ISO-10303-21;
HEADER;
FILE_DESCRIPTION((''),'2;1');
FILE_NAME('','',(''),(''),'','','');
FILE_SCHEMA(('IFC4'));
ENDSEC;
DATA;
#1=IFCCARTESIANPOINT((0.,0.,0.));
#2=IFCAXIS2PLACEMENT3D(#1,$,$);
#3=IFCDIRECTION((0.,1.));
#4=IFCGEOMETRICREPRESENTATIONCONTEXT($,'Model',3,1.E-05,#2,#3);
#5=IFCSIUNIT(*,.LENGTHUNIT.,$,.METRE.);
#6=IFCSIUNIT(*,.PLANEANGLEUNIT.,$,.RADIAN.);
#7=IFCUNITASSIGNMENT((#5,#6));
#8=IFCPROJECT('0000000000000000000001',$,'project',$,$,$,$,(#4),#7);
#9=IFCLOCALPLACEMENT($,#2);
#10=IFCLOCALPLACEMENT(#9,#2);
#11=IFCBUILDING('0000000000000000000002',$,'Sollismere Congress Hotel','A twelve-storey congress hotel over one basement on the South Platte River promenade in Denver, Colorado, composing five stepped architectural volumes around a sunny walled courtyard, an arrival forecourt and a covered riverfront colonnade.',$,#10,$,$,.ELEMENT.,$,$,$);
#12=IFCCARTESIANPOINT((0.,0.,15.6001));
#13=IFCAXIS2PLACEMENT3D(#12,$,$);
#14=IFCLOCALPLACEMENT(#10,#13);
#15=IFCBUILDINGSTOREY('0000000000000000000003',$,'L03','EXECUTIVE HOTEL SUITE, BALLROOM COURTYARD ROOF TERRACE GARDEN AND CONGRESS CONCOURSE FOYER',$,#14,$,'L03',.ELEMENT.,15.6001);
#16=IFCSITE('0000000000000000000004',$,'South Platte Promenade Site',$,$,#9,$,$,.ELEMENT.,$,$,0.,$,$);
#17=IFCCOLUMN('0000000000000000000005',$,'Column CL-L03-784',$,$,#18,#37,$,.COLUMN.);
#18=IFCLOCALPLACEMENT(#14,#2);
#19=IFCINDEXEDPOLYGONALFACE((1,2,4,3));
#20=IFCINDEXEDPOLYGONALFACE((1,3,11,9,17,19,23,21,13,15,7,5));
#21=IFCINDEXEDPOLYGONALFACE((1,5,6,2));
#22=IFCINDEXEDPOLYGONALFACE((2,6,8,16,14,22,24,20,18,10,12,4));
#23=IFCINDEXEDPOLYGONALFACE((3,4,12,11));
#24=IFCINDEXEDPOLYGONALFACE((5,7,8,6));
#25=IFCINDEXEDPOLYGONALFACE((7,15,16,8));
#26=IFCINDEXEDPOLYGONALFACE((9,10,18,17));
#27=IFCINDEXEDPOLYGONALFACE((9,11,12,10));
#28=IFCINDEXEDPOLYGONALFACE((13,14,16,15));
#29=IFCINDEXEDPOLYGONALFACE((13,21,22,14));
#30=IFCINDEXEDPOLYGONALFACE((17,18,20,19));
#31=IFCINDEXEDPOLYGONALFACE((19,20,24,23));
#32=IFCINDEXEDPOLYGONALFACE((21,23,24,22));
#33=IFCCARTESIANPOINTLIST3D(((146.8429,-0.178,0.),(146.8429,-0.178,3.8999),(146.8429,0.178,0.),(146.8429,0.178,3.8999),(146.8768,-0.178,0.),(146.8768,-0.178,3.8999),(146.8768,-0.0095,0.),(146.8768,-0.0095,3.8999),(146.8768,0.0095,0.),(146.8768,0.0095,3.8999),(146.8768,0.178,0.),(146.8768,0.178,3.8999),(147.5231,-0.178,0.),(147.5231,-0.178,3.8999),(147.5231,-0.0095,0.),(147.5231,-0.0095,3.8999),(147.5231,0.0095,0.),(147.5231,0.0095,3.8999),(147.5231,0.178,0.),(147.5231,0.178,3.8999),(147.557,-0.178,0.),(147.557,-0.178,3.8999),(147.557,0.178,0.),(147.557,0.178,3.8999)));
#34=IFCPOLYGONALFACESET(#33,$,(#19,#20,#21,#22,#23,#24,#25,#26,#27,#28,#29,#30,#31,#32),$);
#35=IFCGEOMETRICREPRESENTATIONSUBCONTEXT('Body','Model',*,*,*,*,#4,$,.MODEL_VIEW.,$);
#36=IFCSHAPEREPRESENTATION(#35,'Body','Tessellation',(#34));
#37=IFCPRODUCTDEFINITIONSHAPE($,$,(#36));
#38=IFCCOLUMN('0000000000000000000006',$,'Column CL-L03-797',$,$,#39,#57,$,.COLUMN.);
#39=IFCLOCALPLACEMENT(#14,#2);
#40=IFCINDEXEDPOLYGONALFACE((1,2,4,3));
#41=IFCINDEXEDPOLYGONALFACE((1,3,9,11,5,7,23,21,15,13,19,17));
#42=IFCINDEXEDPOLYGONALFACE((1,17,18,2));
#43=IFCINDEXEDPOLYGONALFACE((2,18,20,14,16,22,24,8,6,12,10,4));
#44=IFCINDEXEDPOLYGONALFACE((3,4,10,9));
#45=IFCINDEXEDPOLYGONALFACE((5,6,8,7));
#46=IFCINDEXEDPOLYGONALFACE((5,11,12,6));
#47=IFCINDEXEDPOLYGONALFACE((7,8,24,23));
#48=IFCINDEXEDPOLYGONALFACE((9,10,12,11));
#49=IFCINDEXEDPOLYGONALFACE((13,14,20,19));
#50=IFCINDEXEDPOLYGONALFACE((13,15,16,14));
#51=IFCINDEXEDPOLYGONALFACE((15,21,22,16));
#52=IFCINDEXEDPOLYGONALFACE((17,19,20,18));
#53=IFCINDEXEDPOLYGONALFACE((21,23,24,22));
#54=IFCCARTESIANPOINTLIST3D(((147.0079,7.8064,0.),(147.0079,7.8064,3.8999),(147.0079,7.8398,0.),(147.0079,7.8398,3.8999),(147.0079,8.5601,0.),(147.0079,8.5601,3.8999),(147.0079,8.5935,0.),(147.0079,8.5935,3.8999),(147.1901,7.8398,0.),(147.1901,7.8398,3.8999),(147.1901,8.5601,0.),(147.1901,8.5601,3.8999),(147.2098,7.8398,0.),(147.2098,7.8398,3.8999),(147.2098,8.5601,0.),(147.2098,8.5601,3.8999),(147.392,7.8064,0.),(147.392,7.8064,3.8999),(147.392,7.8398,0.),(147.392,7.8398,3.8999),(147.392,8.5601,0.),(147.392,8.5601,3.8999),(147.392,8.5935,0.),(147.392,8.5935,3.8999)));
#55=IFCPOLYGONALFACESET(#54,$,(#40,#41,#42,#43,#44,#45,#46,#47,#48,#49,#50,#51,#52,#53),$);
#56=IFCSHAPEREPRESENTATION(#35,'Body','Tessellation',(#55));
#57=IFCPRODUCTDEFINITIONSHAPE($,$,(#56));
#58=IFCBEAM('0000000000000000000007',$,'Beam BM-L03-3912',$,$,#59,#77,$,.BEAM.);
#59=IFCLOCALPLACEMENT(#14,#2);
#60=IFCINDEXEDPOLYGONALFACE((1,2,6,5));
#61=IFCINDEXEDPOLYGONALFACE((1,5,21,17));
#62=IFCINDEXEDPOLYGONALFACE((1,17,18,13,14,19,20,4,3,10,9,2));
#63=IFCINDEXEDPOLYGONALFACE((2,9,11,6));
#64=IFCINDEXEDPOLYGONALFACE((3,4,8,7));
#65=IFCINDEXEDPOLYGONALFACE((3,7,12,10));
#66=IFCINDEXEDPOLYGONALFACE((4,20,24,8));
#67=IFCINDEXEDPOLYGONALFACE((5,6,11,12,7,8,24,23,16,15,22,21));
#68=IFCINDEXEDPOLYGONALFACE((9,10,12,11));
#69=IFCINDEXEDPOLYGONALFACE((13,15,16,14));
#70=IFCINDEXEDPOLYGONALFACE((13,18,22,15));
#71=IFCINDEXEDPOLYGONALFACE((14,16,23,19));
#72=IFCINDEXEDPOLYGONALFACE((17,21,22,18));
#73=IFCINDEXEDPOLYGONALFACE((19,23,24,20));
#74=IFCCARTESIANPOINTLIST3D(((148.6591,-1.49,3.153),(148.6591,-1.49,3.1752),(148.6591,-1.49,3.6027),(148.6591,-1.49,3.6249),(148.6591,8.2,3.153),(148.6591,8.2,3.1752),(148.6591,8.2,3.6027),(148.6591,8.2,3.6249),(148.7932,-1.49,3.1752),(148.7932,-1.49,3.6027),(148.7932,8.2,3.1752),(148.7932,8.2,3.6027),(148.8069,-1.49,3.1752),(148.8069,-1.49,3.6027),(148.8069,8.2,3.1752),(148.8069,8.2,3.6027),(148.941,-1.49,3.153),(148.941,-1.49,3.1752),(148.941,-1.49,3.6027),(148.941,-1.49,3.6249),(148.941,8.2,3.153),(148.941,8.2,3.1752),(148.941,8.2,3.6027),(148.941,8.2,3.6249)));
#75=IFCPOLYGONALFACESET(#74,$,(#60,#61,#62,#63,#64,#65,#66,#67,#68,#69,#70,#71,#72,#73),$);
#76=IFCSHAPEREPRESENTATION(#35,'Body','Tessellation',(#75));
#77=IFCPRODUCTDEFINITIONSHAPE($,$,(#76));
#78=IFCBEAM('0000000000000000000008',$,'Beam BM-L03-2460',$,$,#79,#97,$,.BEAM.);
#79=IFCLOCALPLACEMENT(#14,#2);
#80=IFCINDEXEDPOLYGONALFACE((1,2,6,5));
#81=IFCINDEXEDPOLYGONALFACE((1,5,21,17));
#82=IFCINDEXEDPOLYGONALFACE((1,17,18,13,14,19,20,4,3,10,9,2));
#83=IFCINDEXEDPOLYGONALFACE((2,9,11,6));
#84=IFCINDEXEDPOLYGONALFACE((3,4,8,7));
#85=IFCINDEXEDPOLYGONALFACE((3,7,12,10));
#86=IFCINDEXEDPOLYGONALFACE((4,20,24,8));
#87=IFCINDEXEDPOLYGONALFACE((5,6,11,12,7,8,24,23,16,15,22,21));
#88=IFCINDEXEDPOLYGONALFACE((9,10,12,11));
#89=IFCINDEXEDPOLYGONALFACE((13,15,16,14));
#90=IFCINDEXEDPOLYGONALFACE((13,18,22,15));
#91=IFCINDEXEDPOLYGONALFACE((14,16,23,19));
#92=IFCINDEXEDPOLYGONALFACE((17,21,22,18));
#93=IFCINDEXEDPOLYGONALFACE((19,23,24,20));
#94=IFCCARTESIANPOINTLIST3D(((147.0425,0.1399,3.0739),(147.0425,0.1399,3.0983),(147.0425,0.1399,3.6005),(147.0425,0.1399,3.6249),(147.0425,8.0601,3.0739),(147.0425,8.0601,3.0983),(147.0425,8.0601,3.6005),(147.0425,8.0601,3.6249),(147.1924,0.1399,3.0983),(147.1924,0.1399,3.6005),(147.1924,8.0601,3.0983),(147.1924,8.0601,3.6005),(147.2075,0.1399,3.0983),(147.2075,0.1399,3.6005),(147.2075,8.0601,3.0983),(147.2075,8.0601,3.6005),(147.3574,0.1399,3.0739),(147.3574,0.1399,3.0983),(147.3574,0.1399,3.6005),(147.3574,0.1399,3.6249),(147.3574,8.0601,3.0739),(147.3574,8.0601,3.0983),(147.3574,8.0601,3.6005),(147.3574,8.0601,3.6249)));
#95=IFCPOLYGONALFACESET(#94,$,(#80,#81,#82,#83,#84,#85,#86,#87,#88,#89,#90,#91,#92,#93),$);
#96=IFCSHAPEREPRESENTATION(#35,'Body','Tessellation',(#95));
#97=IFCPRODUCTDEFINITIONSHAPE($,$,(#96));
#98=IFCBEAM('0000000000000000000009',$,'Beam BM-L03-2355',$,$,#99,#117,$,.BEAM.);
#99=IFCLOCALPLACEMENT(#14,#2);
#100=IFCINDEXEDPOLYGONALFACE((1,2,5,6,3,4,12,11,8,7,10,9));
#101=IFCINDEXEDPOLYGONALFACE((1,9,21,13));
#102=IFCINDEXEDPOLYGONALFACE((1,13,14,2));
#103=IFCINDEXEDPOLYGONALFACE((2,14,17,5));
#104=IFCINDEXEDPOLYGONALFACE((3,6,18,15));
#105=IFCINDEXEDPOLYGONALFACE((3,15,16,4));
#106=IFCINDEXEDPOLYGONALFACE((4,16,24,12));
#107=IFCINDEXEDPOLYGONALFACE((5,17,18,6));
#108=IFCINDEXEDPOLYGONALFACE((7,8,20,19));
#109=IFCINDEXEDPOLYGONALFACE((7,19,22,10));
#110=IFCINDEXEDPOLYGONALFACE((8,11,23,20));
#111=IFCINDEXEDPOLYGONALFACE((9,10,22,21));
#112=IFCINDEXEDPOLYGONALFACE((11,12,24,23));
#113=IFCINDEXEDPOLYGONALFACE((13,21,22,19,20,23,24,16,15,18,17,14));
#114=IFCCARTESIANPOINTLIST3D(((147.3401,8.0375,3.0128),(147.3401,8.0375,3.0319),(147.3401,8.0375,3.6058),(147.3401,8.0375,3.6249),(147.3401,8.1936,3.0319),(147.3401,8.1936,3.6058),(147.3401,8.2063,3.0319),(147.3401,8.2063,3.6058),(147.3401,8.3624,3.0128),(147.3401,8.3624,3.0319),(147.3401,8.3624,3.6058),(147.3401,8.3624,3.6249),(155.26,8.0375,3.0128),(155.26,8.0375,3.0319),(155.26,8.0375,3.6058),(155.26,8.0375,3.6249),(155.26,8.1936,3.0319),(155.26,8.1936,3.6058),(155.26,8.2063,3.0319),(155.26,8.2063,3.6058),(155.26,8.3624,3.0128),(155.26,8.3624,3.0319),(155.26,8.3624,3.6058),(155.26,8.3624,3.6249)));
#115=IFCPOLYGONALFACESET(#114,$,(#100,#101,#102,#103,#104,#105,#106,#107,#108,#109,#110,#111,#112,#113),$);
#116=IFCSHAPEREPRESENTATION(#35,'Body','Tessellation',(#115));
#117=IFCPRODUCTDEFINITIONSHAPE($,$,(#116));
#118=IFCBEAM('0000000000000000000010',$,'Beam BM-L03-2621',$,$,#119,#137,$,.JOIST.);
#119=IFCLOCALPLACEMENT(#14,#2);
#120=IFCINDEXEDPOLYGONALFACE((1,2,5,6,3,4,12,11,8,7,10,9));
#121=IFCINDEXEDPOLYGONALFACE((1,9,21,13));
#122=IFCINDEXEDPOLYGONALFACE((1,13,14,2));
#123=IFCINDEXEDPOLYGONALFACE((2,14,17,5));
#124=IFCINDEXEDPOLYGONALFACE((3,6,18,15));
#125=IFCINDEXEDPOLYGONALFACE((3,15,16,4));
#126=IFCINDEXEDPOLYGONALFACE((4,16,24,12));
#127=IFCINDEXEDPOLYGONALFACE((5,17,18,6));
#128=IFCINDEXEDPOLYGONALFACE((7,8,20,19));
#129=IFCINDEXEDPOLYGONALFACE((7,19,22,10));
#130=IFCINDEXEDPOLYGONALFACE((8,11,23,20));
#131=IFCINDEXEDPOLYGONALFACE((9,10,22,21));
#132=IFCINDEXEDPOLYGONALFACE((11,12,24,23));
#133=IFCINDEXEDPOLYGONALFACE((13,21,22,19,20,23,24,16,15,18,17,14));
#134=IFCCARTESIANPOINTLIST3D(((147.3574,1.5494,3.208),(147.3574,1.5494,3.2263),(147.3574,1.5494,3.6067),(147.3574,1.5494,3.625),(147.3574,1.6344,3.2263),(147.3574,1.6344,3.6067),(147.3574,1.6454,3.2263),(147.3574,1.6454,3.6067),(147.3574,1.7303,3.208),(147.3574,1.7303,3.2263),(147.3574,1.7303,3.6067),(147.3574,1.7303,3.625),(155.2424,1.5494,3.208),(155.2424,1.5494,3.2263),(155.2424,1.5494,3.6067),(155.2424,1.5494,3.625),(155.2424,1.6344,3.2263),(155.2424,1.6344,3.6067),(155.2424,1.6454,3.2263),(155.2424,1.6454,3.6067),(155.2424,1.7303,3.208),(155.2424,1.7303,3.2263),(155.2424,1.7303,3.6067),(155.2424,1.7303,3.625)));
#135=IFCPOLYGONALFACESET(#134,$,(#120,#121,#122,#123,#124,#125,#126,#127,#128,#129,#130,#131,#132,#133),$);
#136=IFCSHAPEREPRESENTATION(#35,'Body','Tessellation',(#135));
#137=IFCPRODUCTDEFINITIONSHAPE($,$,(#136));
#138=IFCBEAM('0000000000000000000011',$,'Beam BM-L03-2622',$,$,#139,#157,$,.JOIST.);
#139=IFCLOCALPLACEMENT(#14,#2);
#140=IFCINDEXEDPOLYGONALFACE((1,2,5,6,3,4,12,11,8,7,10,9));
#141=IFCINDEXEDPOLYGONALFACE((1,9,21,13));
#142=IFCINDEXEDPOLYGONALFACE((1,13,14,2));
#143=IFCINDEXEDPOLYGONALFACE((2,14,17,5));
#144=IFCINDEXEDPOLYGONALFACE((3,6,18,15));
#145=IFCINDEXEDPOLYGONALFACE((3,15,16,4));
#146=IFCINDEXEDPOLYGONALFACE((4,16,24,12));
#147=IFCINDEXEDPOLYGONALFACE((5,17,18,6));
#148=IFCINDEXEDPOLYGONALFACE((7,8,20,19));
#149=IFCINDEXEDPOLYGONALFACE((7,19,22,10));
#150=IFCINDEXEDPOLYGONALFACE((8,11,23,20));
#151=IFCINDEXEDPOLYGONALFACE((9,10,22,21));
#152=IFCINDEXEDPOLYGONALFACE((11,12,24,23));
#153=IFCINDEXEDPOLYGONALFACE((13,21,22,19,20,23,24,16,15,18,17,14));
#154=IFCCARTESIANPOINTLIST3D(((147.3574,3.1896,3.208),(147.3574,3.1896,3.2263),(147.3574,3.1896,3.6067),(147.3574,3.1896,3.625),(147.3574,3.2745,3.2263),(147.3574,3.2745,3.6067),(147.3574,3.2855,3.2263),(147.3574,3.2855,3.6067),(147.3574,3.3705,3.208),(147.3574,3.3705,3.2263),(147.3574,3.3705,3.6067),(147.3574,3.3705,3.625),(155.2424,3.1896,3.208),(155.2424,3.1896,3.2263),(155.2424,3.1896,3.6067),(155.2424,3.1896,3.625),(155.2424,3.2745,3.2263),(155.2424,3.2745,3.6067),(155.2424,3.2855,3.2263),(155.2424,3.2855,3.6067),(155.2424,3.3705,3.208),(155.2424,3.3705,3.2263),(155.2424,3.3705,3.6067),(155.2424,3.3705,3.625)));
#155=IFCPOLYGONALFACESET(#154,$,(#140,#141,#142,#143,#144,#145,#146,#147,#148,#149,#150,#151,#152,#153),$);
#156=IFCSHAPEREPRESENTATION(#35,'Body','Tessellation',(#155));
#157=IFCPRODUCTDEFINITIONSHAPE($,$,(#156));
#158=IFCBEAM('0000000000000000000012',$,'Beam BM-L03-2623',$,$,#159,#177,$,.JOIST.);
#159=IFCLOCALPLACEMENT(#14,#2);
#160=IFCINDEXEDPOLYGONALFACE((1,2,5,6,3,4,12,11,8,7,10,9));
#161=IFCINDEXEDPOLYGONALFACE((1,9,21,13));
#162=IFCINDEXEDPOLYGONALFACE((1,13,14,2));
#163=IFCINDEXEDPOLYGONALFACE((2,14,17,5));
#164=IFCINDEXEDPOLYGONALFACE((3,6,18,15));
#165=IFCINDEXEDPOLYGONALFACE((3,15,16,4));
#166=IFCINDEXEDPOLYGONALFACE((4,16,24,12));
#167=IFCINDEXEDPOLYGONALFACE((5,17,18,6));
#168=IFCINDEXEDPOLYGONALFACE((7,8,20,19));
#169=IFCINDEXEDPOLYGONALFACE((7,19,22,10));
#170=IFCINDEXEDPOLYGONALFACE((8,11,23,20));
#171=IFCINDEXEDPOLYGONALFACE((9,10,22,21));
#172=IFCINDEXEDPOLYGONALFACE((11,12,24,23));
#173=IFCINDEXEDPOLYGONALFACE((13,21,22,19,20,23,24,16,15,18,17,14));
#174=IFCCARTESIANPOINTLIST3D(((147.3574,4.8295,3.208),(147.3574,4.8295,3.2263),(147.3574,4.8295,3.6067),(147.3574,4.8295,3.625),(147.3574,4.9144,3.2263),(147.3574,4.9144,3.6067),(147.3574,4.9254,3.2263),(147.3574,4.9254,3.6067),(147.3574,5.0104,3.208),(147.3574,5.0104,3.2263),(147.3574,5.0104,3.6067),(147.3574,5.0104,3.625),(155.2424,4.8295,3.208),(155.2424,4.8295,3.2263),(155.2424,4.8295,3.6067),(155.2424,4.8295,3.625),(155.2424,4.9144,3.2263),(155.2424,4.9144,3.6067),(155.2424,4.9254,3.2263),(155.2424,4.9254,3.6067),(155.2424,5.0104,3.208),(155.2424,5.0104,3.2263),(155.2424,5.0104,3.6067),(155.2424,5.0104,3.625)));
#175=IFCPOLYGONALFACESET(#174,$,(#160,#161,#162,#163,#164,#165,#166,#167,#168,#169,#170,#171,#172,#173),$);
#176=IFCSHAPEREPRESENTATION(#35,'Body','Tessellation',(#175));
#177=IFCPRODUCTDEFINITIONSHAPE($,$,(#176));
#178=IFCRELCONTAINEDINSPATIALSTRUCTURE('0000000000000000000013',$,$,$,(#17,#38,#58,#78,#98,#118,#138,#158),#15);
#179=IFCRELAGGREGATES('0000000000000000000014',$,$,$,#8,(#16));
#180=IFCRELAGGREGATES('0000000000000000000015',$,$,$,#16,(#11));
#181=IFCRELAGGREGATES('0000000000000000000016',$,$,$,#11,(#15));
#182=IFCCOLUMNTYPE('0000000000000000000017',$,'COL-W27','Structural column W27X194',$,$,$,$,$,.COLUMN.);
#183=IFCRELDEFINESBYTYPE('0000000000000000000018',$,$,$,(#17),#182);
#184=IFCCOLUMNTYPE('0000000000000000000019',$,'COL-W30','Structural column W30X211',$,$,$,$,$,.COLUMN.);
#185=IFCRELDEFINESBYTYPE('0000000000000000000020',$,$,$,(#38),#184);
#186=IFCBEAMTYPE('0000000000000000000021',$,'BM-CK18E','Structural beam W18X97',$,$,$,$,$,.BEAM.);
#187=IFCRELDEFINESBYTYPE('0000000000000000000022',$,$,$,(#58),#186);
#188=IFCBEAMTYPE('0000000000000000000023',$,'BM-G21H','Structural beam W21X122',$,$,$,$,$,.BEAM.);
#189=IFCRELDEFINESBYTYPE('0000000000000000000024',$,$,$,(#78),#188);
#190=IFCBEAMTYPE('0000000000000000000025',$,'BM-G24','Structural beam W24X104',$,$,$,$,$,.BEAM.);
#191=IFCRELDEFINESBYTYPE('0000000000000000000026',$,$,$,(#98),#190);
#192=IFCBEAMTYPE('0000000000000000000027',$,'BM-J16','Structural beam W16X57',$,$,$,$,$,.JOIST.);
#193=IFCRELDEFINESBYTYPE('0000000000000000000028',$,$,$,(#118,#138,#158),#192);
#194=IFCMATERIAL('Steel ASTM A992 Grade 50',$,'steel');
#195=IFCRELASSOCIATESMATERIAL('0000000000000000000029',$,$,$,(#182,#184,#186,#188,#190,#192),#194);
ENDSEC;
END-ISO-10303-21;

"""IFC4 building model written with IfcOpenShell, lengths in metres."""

from ifc_helpers import new_model, si_unit, direction, frame, origin, origin_2d, place, context, subcontext, project, spatial, i_section, extrude, material, material_profile, profile_set, type_object, element, save


model = new_model("IFC4")

# Units and contexts
model_context = context("Model", 3, precision=1e-05, world=origin(), true_north=direction((0.0, 1.0)))
body_context = subcontext(model_context, "Body", "Model", "MODEL_VIEW")
ifc_project = project(units=[si_unit("LENGTHUNIT", "METRE"), si_unit("PLANEANGLEUNIT", "RADIAN")], contexts=[model_context])

# Site, building, storey
site_placement = place(None, origin())
site = spatial("IfcSite", under=ifc_project, at=site_placement, Name="South Platte Promenade Site", CompositionType="ELEMENT", RefElevation=0.0)
building_placement = place(site_placement, origin())
building = spatial("IfcBuilding", under=site, at=building_placement, Name="Sollismere Congress Hotel", Description="A twelve-storey congress hotel over one basement on the South Platte River promenade in Denver, Colorado, composing five stepped architectural volumes around a sunny walled courtyard, an arrival forecourt and a covered riverfront colonnade.", CompositionType="ELEMENT")
storey_placement = place(building_placement, frame((0.0, 0.0, 15.6001)))
storey = spatial("IfcBuildingStorey", under=building, at=storey_placement, Name="L03", Description="EXECUTIVE HOTEL SUITE, BALLROOM COURTYARD ROOF TERRACE GARDEN AND CONGRESS CONCOURSE FOYER", LongName="L03", CompositionType="ELEMENT", Elevation=15.6001)

# Columns
ifc_material_1 = material(Name="Steel ASTM A992 Grade 50", Category="steel")
ifc_material_profile_1 = material_profile(ifc_material_1, i_section(OverallWidth=0.356, OverallDepth=0.7141, WebThickness=0.019, FlangeThickness=0.0339, at=origin_2d()), Name="W27X194")
ifc_profile_set_1 = profile_set([ifc_material_profile_1], Name="Steel ASTM A992 Grade 50")
column_type_1 = type_object("IfcColumnType", Name="COL-W27", Description="Structural column W27X194", PredefinedType="COLUMN", material=ifc_profile_set_1)
column_1_placement = place(storey_placement, frame((147.2, 0.0, 0.0), z_axis=(0.0, 0.0, 1.0), x_axis=(0.0, 1.0, 0.0)))
element("IfcColumn", 1, at=column_1_placement, inside=storey, type_object=column_type_1, Name="Column CL-L03-784", PredefinedType="COLUMN", context=body_context, shape_type="SweptSolid", body=[
    extrude(i_section(OverallWidth=0.356, OverallDepth=0.7141, WebThickness=0.019, FlangeThickness=0.0339, at=origin_2d()), origin(), (0.0, 0.0, 1.0), 3.8999),
])
ifc_material_profile_2 = material_profile(ifc_material_1, i_section(OverallWidth=0.384, OverallDepth=0.7871, WebThickness=0.0198, FlangeThickness=0.0334, at=origin_2d()), Name="W30X211")
ifc_profile_set_2 = profile_set([ifc_material_profile_2], Name="Steel ASTM A992 Grade 50")
column_type_2 = type_object("IfcColumnType", Name="COL-W30", Description="Structural column W30X211", PredefinedType="COLUMN", material=ifc_profile_set_2)
column_2_placement = place(storey_placement, frame((147.2, 8.2, 0.0), z_axis=(0.0, 0.0, 1.0), x_axis=(1.0, 0.0, 0.0)))
element("IfcColumn", 2, at=column_2_placement, inside=storey, type_object=column_type_2, Name="Column CL-L03-797", PredefinedType="COLUMN", context=body_context, shape_type="SweptSolid", body=[
    extrude(i_section(OverallWidth=0.384, OverallDepth=0.7871, WebThickness=0.0198, FlangeThickness=0.0334, at=origin_2d()), origin(), (0.0, 0.0, 1.0), 3.8999),
])

# Beams
ifc_material_profile_3 = material_profile(ifc_material_1, i_section(OverallWidth=0.282, OverallDepth=0.4719, WebThickness=0.0137, FlangeThickness=0.0222, at=origin_2d()), Name="W18X97")
ifc_profile_set_3 = profile_set([ifc_material_profile_3], Name="Steel ASTM A992 Grade 50")
beam_type_1 = type_object("IfcBeamType", Name="BM-CK18E", Description="Structural beam W18X97", PredefinedType="BEAM", material=ifc_profile_set_3)
beam_1_placement = place(storey_placement, frame((148.8, 8.2, 3.3889), z_axis=(0.0, -1.0, 0.0), x_axis=(1.0, 0.0, 0.0)))
element("IfcBeam", 3, at=beam_1_placement, inside=storey, type_object=beam_type_1, Name="Beam BM-L03-3912", PredefinedType="BEAM", context=body_context, shape_type="SweptSolid", body=[
    extrude(i_section(OverallWidth=0.282, OverallDepth=0.4719, WebThickness=0.0137, FlangeThickness=0.0222, at=origin_2d()), origin(), (0.0, 0.0, 1.0), 9.6899),
])
ifc_material_profile_4 = material_profile(ifc_material_1, i_section(OverallWidth=0.3149, OverallDepth=0.551, WebThickness=0.0151, FlangeThickness=0.0244, at=origin_2d()), Name="W21X122")
ifc_profile_set_4 = profile_set([ifc_material_profile_4], Name="Steel ASTM A992 Grade 50")
beam_type_2 = type_object("IfcBeamType", Name="BM-G21H", Description="Structural beam W21X122", PredefinedType="BEAM", material=ifc_profile_set_4)
beam_2_placement = place(storey_placement, frame((147.2, 0.1399, 3.3494), z_axis=(0.0, 1.0, 0.0), x_axis=(-1.0, 0.0, 0.0)))
element("IfcBeam", 4, at=beam_2_placement, inside=storey, type_object=beam_type_2, Name="Beam BM-L03-2460", PredefinedType="BEAM", context=body_context, shape_type="SweptSolid", body=[
    extrude(i_section(OverallWidth=0.3149, OverallDepth=0.551, WebThickness=0.0151, FlangeThickness=0.0244, at=origin_2d()), origin(), (0.0, 0.0, 1.0), 7.9202),
])
ifc_material_profile_5 = material_profile(ifc_material_1, i_section(OverallWidth=0.325, OverallDepth=0.6121, WebThickness=0.0127, FlangeThickness=0.019, at=origin_2d()), Name="W24X104")
ifc_profile_set_5 = profile_set([ifc_material_profile_5], Name="Steel ASTM A992 Grade 50")
beam_type_3 = type_object("IfcBeamType", Name="BM-G24", Description="Structural beam W24X104", PredefinedType="BEAM", material=ifc_profile_set_5)
beam_3_placement = place(storey_placement, frame((147.3401, 8.2, 3.3188), z_axis=(1.0, 0.0, 0.0), x_axis=(0.0, 1.0, 0.0)))
element("IfcBeam", 5, at=beam_3_placement, inside=storey, type_object=beam_type_3, Name="Beam BM-L03-2355", PredefinedType="BEAM", context=body_context, shape_type="SweptSolid", body=[
    extrude(i_section(OverallWidth=0.325, OverallDepth=0.6121, WebThickness=0.0127, FlangeThickness=0.019, at=origin_2d()), origin(), (0.0, 0.0, 1.0), 7.9199),
])
ifc_material_profile_6 = material_profile(ifc_material_1, i_section(OverallWidth=0.1809, OverallDepth=0.417, WebThickness=0.011, FlangeThickness=0.0183, at=origin_2d()), Name="W16X57")
ifc_profile_set_6 = profile_set([ifc_material_profile_6], Name="Steel ASTM A992 Grade 50")
beam_type_4 = type_object("IfcBeamType", Name="BM-J16", Description="Structural beam W16X57", PredefinedType="JOIST", material=ifc_profile_set_6)
for number, where, z_axis, x_axis, name in (
    (6, (147.3574, 1.6399, 3.4165), (1.0, 0.0, 0.0), (0.0, 1.0, 0.0), "Beam BM-L03-2621"),
    (7, (147.3574, 3.28, 3.4165), (1.0, 0.0, 0.0), (0.0, 1.0, 0.0), "Beam BM-L03-2622"),
    (8, (147.3574, 4.9199, 3.4165), (1.0, 0.0, 0.0), (0.0, 1.0, 0.0), "Beam BM-L03-2623"),
):
    element("IfcBeam", number, at=place(storey_placement, frame(where, z_axis=z_axis, x_axis=x_axis)), inside=storey, type_object=beam_type_4, Name=name, PredefinedType="JOIST", context=body_context, shape_type="SweptSolid", body=[
        extrude(i_section(OverallWidth=0.1809, OverallDepth=0.417, WebThickness=0.011, FlangeThickness=0.0183, at=origin_2d()), origin(), (0.0, 0.0, 1.0), 7.885),
    ])

save(model, "model.ifc")
